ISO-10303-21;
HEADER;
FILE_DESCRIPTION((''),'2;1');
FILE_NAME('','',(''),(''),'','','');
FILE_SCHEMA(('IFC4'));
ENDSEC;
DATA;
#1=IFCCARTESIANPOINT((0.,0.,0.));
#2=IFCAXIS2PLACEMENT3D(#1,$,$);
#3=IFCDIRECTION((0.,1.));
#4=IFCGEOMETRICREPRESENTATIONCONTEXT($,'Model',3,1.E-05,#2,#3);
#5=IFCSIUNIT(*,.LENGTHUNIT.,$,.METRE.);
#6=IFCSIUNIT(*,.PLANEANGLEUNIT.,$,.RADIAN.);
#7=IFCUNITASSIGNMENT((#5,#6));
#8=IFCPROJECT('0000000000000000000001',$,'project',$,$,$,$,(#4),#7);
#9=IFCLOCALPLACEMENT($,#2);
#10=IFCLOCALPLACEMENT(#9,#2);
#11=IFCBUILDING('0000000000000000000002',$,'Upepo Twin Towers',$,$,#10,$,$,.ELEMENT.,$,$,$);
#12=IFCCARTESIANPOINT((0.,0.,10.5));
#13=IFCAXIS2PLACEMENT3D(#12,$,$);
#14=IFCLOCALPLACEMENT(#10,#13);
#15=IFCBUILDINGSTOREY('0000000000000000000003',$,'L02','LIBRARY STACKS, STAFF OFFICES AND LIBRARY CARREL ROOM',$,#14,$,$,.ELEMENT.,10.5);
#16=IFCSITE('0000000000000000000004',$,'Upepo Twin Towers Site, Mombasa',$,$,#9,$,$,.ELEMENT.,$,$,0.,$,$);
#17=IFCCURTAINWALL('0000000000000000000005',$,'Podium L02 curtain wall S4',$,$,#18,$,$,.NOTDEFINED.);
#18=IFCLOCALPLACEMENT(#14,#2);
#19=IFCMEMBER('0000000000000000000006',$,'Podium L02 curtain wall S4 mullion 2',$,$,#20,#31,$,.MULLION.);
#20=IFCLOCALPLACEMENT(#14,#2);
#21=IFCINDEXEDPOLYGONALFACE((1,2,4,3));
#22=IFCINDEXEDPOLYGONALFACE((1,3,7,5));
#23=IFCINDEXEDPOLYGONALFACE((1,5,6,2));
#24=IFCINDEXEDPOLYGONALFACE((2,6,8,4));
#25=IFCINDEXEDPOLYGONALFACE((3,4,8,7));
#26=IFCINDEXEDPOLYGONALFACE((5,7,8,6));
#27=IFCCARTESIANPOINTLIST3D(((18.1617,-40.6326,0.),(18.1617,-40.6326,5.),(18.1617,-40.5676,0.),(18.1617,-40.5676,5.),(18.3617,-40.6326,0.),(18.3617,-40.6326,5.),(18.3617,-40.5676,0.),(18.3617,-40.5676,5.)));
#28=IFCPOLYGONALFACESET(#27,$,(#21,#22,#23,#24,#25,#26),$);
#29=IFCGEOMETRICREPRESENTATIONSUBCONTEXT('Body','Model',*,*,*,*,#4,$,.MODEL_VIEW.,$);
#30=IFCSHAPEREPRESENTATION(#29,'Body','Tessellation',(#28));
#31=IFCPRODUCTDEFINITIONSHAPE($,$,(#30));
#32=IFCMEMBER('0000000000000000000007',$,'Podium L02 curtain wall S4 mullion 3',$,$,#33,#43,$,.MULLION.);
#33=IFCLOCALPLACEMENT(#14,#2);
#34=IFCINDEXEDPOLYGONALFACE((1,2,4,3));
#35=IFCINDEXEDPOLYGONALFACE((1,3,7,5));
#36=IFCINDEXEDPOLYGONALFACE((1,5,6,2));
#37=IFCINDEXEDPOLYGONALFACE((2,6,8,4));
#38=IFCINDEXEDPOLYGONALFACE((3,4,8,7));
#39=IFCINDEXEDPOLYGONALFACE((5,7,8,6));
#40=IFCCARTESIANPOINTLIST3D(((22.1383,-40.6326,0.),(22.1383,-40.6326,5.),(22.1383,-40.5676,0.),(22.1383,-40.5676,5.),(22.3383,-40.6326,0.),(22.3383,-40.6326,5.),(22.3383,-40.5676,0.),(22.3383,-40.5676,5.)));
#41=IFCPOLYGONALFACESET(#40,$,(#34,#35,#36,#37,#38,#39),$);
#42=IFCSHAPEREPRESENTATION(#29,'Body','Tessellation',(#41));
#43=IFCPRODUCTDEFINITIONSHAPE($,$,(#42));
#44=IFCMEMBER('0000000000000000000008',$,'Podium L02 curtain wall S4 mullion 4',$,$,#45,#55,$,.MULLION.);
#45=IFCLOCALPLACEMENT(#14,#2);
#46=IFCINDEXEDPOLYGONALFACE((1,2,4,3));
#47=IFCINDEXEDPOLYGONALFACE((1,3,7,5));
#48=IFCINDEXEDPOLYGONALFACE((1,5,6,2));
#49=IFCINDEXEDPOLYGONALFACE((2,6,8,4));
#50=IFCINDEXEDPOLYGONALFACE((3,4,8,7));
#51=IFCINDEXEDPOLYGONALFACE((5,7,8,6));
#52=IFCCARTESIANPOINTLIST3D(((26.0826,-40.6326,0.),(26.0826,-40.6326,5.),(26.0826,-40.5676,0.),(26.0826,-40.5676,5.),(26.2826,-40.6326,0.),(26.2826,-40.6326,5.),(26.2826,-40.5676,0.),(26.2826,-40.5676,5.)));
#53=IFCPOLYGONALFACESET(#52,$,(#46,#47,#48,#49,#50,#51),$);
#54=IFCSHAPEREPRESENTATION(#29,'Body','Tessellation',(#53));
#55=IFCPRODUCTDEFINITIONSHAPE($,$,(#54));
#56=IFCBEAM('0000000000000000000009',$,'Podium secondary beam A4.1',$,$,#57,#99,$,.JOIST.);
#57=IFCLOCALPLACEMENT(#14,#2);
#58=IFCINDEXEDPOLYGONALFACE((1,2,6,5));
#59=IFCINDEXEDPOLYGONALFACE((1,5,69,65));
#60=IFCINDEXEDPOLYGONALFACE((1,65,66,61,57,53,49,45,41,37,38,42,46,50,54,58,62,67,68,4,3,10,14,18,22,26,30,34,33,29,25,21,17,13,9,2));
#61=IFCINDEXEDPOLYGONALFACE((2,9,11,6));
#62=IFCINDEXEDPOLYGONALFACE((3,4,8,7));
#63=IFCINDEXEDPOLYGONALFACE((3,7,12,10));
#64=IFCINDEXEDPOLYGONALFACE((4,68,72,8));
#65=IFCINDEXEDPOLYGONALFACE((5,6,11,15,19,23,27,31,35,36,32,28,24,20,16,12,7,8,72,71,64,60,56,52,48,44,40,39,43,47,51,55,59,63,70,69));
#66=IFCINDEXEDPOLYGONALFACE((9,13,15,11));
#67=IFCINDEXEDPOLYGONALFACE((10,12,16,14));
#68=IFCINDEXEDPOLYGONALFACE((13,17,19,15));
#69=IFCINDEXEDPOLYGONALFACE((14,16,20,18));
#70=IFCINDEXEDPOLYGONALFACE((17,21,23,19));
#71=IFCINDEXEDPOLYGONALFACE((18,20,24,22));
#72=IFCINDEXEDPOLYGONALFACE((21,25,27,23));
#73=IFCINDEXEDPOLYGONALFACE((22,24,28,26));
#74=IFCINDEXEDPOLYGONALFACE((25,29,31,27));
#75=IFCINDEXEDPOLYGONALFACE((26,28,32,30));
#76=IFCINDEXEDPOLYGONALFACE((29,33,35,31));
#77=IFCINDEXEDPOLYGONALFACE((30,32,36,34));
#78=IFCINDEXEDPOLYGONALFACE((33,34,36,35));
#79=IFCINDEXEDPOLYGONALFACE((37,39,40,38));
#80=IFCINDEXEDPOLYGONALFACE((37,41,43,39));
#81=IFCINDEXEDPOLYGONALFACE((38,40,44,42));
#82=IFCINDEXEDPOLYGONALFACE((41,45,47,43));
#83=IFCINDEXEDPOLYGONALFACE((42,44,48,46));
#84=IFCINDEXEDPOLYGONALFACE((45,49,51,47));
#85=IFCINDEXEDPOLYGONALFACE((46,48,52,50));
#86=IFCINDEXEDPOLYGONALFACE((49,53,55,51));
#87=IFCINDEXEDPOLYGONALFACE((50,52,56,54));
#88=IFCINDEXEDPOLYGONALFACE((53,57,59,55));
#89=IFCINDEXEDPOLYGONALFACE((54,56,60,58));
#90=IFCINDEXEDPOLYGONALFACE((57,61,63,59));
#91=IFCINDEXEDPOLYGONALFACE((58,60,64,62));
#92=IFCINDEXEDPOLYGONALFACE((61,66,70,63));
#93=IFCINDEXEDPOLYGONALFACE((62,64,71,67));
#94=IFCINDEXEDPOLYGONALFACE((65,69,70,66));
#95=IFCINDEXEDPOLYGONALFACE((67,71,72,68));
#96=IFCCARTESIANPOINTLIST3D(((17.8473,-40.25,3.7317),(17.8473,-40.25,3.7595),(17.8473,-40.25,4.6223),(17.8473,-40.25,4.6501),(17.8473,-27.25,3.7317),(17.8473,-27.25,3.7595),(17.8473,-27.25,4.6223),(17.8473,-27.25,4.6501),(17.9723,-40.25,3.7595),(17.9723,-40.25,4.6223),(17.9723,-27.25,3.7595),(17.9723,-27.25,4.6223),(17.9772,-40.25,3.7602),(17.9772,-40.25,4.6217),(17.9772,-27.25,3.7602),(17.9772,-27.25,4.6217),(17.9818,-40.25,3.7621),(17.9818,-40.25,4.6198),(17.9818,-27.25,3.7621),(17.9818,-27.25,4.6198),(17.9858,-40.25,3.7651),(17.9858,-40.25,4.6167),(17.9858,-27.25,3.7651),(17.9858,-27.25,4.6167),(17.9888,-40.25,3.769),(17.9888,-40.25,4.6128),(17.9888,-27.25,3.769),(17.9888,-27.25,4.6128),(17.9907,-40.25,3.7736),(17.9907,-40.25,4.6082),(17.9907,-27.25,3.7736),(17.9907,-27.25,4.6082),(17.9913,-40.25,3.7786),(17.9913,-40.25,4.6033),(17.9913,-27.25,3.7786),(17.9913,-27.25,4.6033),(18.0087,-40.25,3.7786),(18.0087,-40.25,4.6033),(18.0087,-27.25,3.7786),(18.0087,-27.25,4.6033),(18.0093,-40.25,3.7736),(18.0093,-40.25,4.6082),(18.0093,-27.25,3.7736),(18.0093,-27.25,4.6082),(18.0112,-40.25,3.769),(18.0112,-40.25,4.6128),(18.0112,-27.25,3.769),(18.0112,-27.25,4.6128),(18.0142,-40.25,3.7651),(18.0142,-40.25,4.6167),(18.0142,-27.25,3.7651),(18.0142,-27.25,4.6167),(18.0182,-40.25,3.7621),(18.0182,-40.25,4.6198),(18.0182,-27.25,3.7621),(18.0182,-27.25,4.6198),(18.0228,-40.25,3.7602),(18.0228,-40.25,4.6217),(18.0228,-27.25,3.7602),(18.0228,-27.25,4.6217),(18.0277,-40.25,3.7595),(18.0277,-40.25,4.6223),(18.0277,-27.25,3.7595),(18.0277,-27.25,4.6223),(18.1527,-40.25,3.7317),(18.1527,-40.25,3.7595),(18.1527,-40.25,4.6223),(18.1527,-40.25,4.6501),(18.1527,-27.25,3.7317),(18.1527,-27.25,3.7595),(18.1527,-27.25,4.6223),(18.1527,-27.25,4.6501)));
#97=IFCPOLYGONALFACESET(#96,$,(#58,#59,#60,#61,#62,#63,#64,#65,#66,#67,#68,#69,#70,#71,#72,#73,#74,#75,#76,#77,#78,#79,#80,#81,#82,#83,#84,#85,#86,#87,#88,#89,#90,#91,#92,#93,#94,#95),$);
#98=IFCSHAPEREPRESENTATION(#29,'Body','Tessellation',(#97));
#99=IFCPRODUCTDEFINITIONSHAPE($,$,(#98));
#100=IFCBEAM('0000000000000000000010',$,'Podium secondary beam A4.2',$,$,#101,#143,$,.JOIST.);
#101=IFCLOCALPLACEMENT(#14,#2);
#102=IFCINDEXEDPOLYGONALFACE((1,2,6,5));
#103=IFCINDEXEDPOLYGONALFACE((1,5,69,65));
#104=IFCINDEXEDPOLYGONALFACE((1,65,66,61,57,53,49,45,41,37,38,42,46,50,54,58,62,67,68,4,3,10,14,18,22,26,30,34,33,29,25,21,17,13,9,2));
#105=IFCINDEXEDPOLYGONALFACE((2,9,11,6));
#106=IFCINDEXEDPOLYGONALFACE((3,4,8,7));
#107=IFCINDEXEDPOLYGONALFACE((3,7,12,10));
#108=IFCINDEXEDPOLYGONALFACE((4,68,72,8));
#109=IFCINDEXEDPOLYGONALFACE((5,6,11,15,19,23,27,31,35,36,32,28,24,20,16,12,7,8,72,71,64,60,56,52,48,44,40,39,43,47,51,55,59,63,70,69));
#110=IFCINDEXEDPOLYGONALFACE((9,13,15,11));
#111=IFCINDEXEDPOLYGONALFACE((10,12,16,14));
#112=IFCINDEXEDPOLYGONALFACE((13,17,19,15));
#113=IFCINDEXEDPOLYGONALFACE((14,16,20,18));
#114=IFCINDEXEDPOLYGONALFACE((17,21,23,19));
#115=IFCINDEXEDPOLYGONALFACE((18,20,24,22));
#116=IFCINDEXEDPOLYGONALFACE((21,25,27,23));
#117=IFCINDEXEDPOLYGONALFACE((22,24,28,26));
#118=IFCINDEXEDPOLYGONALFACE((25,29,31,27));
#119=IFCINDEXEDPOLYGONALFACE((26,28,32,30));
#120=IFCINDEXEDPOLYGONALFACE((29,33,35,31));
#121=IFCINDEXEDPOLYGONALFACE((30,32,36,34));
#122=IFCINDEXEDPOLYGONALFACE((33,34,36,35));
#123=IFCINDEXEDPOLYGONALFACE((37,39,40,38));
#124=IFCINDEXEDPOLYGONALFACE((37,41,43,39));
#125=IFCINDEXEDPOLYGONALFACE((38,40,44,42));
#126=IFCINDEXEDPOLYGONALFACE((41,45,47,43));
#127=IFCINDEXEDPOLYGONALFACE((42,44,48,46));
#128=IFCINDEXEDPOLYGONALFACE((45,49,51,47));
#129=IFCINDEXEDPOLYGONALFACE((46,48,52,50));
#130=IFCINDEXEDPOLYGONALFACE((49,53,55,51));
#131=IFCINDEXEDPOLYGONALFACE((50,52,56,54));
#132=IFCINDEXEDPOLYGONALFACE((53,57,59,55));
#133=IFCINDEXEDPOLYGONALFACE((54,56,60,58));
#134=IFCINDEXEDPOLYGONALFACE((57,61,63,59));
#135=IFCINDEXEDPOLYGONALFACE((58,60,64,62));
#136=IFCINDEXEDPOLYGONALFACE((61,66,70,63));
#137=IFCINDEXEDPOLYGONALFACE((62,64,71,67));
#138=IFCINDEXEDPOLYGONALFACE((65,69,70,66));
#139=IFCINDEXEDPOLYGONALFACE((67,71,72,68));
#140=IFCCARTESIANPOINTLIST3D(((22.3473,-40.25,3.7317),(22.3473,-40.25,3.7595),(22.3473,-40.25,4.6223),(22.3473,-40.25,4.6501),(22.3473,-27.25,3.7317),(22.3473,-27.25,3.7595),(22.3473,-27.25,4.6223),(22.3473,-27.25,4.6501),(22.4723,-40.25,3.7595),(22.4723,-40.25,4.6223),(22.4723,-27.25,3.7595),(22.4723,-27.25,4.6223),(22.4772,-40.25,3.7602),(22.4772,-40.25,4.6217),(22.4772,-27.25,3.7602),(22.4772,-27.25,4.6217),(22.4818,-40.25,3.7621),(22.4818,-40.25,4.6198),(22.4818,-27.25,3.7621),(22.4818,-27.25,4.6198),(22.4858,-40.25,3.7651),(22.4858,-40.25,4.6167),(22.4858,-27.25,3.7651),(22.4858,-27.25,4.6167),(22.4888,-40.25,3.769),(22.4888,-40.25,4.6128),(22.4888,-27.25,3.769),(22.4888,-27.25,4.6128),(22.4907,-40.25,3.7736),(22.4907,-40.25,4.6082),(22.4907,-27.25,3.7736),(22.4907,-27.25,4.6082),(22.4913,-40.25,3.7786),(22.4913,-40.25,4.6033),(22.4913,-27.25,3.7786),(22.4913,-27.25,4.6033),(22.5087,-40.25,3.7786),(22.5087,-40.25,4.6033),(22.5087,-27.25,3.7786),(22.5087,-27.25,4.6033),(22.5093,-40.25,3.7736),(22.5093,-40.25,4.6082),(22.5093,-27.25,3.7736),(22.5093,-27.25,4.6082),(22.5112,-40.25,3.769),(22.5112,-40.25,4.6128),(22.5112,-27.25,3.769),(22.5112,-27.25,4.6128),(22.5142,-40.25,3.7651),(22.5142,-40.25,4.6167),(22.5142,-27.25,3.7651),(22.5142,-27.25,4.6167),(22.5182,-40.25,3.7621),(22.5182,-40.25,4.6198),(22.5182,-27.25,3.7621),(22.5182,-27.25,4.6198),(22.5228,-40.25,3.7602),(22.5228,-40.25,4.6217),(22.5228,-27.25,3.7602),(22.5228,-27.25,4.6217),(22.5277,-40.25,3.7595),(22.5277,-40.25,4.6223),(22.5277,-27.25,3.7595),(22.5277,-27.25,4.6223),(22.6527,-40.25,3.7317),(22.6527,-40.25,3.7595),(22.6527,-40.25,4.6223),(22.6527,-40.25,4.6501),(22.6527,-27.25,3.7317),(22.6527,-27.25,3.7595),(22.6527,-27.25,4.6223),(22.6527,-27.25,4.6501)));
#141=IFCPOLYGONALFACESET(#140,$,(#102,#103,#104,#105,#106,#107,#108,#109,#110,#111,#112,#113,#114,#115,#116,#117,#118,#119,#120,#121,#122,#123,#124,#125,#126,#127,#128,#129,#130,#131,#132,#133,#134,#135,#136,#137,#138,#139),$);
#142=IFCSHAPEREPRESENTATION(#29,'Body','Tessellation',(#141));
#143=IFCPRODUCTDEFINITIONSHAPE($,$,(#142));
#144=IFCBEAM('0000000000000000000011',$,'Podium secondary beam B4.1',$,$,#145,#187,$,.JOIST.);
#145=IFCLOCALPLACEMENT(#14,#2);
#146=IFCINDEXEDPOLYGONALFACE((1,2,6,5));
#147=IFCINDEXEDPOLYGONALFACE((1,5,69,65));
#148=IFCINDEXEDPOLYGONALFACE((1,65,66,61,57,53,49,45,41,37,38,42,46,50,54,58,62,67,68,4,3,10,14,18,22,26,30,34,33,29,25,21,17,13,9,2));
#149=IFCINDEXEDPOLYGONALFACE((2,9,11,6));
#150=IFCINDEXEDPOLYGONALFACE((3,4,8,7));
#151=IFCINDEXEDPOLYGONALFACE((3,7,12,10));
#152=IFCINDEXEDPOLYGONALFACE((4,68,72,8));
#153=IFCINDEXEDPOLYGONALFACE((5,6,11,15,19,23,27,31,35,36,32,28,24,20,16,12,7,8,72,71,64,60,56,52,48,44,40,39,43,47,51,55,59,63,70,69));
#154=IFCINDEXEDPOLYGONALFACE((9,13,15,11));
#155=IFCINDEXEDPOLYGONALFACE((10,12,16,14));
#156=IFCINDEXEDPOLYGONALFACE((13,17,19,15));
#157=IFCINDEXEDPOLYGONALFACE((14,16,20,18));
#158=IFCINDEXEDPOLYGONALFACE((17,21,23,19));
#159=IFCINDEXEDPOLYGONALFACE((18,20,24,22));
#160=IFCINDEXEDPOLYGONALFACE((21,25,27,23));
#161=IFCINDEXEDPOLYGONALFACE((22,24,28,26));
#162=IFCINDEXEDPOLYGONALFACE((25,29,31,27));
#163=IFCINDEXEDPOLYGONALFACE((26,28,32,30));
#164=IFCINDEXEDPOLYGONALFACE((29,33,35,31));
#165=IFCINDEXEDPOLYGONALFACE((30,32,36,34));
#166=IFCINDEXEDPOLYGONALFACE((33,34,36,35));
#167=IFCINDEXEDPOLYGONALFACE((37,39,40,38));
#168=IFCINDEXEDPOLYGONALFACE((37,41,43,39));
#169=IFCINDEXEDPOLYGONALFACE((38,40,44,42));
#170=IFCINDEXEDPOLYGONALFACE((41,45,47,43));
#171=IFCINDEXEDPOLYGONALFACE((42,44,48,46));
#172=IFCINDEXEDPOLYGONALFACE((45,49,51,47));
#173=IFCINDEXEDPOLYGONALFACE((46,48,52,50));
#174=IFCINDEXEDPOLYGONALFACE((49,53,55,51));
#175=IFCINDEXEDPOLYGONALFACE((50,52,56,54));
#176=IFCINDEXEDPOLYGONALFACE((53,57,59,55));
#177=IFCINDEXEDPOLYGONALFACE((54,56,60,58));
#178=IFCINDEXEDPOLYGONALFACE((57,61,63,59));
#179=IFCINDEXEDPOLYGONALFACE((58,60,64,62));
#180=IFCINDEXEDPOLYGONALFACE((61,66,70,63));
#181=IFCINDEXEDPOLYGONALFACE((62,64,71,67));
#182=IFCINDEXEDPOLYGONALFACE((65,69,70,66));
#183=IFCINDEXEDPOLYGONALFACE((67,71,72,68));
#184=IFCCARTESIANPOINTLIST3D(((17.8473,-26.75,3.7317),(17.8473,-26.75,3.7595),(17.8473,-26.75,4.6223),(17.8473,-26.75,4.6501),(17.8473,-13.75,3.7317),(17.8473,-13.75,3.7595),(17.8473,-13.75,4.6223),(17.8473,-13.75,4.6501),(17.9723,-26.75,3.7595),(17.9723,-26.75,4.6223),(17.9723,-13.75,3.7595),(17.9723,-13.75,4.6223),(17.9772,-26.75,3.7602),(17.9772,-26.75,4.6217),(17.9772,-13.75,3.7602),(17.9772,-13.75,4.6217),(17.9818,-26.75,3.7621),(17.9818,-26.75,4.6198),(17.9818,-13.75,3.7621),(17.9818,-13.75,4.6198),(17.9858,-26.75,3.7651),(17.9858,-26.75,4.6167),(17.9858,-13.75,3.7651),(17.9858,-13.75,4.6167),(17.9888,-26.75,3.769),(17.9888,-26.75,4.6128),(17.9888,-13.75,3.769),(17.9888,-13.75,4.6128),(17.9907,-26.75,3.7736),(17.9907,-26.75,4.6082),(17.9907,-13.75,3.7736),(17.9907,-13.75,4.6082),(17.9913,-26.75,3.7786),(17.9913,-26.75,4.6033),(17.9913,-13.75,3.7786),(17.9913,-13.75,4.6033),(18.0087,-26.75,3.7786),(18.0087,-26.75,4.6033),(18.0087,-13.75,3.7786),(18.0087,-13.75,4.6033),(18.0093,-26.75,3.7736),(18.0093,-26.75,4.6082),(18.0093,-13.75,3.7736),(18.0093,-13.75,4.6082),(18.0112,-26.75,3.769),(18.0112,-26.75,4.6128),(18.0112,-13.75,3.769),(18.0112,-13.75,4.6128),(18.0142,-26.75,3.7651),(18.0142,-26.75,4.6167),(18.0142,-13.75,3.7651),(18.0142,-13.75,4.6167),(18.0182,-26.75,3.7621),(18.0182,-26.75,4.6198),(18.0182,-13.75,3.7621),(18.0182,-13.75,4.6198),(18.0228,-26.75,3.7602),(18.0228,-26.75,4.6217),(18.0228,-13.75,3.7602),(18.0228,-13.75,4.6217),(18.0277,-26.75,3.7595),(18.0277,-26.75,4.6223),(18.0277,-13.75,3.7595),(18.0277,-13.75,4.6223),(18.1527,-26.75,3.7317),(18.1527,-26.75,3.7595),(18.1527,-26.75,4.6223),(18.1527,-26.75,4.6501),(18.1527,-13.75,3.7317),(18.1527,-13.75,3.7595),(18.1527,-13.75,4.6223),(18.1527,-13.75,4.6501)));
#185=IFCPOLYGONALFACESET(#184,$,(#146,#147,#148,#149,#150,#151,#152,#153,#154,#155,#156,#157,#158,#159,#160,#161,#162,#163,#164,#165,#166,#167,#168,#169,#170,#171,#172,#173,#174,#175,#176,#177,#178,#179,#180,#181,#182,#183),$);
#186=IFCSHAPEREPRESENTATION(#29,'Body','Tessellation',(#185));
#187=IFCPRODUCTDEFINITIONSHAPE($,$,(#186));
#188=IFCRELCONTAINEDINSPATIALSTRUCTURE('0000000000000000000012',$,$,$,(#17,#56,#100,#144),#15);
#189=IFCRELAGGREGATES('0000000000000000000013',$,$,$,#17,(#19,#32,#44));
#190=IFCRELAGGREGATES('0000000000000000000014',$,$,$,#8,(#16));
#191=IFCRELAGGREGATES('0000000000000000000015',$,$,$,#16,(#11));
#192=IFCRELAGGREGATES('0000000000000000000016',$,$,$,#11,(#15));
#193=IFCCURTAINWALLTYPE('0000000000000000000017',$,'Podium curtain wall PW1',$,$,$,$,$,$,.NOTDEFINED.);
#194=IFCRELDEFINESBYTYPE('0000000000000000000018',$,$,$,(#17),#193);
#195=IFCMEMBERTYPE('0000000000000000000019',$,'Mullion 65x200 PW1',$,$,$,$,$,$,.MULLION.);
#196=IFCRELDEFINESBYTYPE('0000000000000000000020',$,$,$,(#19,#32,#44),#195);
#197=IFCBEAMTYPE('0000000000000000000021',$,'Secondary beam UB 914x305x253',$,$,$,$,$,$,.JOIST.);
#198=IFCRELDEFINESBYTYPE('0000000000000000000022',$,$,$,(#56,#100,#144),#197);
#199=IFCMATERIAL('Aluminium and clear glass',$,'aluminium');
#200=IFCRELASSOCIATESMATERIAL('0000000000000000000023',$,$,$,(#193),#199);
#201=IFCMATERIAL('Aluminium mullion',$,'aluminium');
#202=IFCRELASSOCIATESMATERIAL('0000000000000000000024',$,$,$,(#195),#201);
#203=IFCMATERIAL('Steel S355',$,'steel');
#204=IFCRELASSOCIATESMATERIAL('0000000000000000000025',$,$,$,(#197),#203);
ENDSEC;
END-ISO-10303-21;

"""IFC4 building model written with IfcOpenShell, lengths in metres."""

from ifc_helpers import new_model, si_unit, direction, frame, origin, origin_2d, place, context, subcontext, project, spatial, rectangle, i_section, extrude, material, material_profile, profile_set, type_object, element, aggregate, save


model = new_model("IFC4")

# Units and contexts
model_context = context("Model", 3, precision=1e-05, world=origin(), true_north=direction((0.0, 1.0)))
body_context = subcontext(model_context, "Body", "Model", "MODEL_VIEW")
ifc_project = project(units=[si_unit("LENGTHUNIT", "METRE"), si_unit("PLANEANGLEUNIT", "RADIAN")], contexts=[model_context])

# Site, building, storey
site_placement = place(None, origin())
site = spatial("IfcSite", under=ifc_project, at=site_placement, Name="Upepo Twin Towers Site, Mombasa", CompositionType="ELEMENT", RefElevation=0.0)
building_placement = place(site_placement, origin())
building = spatial("IfcBuilding", under=site, at=building_placement, Name="Upepo Twin Towers", CompositionType="ELEMENT")
storey_placement = place(building_placement, frame((0.0, 0.0, 10.5)))
storey = spatial("IfcBuildingStorey", under=building, at=storey_placement, Name="L02", Description="LIBRARY STACKS, STAFF OFFICES AND LIBRARY CARREL ROOM", CompositionType="ELEMENT", Elevation=10.5)

# Curtain wall, members
ifc_material_1 = material(Name="Aluminium and clear glass", Category="aluminium")
curtain_wall_type = type_object("IfcCurtainWallType", Name="Podium curtain wall PW1", PredefinedType="NOTDEFINED", material=ifc_material_1)
curtain_wall_placement = place(storey_placement, origin())
curtain_wall = element("IfcCurtainWall", 1, at=curtain_wall_placement, inside=storey, type_object=curtain_wall_type, Name="Podium L02 curtain wall S4", PredefinedType="NOTDEFINED")
ifc_material_2 = material(Name="Aluminium mullion", Category="aluminium")
ifc_material_profile_1 = material_profile(ifc_material_2, rectangle(XDim=0.0649, YDim=0.2, at=origin_2d()), Name="MULLION 65x200 PODIUM")
ifc_profile_set_1 = profile_set([ifc_material_profile_1], Name="Aluminium mullion")
member_type_1 = type_object("IfcMemberType", Name="Mullion 65x200 PW1", PredefinedType="MULLION", material=ifc_profile_set_1)
member_1_placement = place(storey_placement, frame((18.2617, -40.6001, 0.0), z_axis=(0.0, 0.0, 1.0), x_axis=(0.0, 1.0, 0.0)))
member_1 = element("IfcMember", 2, at=member_1_placement, type_object=member_type_1, Name="Podium L02 curtain wall S4 mullion 2", PredefinedType="MULLION", context=body_context, shape_type="SweptSolid", body=[
    extrude(rectangle(XDim=0.0649, YDim=0.2, at=origin_2d()), origin(), (0.0, 0.0, 1.0), 5.0),
])
member_2_placement = place(storey_placement, frame((22.2383, -40.6001, 0.0), z_axis=(0.0, 0.0, 1.0), x_axis=(0.0, 1.0, 0.0)))
member_2 = element("IfcMember", 3, at=member_2_placement, type_object=member_type_1, Name="Podium L02 curtain wall S4 mullion 3", PredefinedType="MULLION", context=body_context, shape_type="SweptSolid", body=[
    extrude(rectangle(XDim=0.0649, YDim=0.2, at=origin_2d()), origin(), (0.0, 0.0, 1.0), 5.0),
])
member_3_placement = place(storey_placement, frame((26.1826, -40.6001, 0.0), z_axis=(0.0, 0.0, 1.0), x_axis=(0.0, 1.0, 0.0)))
member_3 = element("IfcMember", 4, at=member_3_placement, type_object=member_type_1, Name="Podium L02 curtain wall S4 mullion 4", PredefinedType="MULLION", context=body_context, shape_type="SweptSolid", body=[
    extrude(rectangle(XDim=0.0649, YDim=0.2, at=origin_2d()), origin(), (0.0, 0.0, 1.0), 5.0),
])

# Beams
ifc_material_3 = material(Name="Steel S355", Category="steel")
ifc_material_profile_2 = material_profile(ifc_material_3, i_section(OverallWidth=0.3054, OverallDepth=0.9185, WebThickness=0.0173, FlangeThickness=0.0278, FilletRadius=0.019, at=origin_2d()), Name="UB 914x305x253")
ifc_profile_set_2 = profile_set([ifc_material_profile_2], Name="Steel S355")
beam_type_1 = type_object("IfcBeamType", Name="Secondary beam UB 914x305x253", PredefinedType="JOIST", material=ifc_profile_set_2)
for number, where, z_axis, x_axis, name in (
    (5, (18.0, -40.25, 4.1909), (0.0, 1.0, 0.0), (-1.0, 0.0, 0.0), "Podium secondary beam A4.1"),
    (6, (22.5, -40.25, 4.1909), (0.0, 1.0, 0.0), (-1.0, 0.0, 0.0), "Podium secondary beam A4.2"),
    (7, (18.0, -26.75, 4.1909), (0.0, 1.0, 0.0), (-1.0, 0.0, 0.0), "Podium secondary beam B4.1"),
):
    element("IfcBeam", number, at=place(storey_placement, frame(where, z_axis=z_axis, x_axis=x_axis)), inside=storey, type_object=beam_type_1, Name=name, PredefinedType="JOIST", context=body_context, shape_type="SweptSolid", body=[
        extrude(i_section(OverallWidth=0.3054, OverallDepth=0.9185, WebThickness=0.0173, FlangeThickness=0.0278, FilletRadius=0.019, at=origin_2d()), origin(), (0.0, 0.0, 1.0), 13.0),
    ])

aggregate(curtain_wall, [member_1, member_2, member_3])

save(model, "model.ifc")
